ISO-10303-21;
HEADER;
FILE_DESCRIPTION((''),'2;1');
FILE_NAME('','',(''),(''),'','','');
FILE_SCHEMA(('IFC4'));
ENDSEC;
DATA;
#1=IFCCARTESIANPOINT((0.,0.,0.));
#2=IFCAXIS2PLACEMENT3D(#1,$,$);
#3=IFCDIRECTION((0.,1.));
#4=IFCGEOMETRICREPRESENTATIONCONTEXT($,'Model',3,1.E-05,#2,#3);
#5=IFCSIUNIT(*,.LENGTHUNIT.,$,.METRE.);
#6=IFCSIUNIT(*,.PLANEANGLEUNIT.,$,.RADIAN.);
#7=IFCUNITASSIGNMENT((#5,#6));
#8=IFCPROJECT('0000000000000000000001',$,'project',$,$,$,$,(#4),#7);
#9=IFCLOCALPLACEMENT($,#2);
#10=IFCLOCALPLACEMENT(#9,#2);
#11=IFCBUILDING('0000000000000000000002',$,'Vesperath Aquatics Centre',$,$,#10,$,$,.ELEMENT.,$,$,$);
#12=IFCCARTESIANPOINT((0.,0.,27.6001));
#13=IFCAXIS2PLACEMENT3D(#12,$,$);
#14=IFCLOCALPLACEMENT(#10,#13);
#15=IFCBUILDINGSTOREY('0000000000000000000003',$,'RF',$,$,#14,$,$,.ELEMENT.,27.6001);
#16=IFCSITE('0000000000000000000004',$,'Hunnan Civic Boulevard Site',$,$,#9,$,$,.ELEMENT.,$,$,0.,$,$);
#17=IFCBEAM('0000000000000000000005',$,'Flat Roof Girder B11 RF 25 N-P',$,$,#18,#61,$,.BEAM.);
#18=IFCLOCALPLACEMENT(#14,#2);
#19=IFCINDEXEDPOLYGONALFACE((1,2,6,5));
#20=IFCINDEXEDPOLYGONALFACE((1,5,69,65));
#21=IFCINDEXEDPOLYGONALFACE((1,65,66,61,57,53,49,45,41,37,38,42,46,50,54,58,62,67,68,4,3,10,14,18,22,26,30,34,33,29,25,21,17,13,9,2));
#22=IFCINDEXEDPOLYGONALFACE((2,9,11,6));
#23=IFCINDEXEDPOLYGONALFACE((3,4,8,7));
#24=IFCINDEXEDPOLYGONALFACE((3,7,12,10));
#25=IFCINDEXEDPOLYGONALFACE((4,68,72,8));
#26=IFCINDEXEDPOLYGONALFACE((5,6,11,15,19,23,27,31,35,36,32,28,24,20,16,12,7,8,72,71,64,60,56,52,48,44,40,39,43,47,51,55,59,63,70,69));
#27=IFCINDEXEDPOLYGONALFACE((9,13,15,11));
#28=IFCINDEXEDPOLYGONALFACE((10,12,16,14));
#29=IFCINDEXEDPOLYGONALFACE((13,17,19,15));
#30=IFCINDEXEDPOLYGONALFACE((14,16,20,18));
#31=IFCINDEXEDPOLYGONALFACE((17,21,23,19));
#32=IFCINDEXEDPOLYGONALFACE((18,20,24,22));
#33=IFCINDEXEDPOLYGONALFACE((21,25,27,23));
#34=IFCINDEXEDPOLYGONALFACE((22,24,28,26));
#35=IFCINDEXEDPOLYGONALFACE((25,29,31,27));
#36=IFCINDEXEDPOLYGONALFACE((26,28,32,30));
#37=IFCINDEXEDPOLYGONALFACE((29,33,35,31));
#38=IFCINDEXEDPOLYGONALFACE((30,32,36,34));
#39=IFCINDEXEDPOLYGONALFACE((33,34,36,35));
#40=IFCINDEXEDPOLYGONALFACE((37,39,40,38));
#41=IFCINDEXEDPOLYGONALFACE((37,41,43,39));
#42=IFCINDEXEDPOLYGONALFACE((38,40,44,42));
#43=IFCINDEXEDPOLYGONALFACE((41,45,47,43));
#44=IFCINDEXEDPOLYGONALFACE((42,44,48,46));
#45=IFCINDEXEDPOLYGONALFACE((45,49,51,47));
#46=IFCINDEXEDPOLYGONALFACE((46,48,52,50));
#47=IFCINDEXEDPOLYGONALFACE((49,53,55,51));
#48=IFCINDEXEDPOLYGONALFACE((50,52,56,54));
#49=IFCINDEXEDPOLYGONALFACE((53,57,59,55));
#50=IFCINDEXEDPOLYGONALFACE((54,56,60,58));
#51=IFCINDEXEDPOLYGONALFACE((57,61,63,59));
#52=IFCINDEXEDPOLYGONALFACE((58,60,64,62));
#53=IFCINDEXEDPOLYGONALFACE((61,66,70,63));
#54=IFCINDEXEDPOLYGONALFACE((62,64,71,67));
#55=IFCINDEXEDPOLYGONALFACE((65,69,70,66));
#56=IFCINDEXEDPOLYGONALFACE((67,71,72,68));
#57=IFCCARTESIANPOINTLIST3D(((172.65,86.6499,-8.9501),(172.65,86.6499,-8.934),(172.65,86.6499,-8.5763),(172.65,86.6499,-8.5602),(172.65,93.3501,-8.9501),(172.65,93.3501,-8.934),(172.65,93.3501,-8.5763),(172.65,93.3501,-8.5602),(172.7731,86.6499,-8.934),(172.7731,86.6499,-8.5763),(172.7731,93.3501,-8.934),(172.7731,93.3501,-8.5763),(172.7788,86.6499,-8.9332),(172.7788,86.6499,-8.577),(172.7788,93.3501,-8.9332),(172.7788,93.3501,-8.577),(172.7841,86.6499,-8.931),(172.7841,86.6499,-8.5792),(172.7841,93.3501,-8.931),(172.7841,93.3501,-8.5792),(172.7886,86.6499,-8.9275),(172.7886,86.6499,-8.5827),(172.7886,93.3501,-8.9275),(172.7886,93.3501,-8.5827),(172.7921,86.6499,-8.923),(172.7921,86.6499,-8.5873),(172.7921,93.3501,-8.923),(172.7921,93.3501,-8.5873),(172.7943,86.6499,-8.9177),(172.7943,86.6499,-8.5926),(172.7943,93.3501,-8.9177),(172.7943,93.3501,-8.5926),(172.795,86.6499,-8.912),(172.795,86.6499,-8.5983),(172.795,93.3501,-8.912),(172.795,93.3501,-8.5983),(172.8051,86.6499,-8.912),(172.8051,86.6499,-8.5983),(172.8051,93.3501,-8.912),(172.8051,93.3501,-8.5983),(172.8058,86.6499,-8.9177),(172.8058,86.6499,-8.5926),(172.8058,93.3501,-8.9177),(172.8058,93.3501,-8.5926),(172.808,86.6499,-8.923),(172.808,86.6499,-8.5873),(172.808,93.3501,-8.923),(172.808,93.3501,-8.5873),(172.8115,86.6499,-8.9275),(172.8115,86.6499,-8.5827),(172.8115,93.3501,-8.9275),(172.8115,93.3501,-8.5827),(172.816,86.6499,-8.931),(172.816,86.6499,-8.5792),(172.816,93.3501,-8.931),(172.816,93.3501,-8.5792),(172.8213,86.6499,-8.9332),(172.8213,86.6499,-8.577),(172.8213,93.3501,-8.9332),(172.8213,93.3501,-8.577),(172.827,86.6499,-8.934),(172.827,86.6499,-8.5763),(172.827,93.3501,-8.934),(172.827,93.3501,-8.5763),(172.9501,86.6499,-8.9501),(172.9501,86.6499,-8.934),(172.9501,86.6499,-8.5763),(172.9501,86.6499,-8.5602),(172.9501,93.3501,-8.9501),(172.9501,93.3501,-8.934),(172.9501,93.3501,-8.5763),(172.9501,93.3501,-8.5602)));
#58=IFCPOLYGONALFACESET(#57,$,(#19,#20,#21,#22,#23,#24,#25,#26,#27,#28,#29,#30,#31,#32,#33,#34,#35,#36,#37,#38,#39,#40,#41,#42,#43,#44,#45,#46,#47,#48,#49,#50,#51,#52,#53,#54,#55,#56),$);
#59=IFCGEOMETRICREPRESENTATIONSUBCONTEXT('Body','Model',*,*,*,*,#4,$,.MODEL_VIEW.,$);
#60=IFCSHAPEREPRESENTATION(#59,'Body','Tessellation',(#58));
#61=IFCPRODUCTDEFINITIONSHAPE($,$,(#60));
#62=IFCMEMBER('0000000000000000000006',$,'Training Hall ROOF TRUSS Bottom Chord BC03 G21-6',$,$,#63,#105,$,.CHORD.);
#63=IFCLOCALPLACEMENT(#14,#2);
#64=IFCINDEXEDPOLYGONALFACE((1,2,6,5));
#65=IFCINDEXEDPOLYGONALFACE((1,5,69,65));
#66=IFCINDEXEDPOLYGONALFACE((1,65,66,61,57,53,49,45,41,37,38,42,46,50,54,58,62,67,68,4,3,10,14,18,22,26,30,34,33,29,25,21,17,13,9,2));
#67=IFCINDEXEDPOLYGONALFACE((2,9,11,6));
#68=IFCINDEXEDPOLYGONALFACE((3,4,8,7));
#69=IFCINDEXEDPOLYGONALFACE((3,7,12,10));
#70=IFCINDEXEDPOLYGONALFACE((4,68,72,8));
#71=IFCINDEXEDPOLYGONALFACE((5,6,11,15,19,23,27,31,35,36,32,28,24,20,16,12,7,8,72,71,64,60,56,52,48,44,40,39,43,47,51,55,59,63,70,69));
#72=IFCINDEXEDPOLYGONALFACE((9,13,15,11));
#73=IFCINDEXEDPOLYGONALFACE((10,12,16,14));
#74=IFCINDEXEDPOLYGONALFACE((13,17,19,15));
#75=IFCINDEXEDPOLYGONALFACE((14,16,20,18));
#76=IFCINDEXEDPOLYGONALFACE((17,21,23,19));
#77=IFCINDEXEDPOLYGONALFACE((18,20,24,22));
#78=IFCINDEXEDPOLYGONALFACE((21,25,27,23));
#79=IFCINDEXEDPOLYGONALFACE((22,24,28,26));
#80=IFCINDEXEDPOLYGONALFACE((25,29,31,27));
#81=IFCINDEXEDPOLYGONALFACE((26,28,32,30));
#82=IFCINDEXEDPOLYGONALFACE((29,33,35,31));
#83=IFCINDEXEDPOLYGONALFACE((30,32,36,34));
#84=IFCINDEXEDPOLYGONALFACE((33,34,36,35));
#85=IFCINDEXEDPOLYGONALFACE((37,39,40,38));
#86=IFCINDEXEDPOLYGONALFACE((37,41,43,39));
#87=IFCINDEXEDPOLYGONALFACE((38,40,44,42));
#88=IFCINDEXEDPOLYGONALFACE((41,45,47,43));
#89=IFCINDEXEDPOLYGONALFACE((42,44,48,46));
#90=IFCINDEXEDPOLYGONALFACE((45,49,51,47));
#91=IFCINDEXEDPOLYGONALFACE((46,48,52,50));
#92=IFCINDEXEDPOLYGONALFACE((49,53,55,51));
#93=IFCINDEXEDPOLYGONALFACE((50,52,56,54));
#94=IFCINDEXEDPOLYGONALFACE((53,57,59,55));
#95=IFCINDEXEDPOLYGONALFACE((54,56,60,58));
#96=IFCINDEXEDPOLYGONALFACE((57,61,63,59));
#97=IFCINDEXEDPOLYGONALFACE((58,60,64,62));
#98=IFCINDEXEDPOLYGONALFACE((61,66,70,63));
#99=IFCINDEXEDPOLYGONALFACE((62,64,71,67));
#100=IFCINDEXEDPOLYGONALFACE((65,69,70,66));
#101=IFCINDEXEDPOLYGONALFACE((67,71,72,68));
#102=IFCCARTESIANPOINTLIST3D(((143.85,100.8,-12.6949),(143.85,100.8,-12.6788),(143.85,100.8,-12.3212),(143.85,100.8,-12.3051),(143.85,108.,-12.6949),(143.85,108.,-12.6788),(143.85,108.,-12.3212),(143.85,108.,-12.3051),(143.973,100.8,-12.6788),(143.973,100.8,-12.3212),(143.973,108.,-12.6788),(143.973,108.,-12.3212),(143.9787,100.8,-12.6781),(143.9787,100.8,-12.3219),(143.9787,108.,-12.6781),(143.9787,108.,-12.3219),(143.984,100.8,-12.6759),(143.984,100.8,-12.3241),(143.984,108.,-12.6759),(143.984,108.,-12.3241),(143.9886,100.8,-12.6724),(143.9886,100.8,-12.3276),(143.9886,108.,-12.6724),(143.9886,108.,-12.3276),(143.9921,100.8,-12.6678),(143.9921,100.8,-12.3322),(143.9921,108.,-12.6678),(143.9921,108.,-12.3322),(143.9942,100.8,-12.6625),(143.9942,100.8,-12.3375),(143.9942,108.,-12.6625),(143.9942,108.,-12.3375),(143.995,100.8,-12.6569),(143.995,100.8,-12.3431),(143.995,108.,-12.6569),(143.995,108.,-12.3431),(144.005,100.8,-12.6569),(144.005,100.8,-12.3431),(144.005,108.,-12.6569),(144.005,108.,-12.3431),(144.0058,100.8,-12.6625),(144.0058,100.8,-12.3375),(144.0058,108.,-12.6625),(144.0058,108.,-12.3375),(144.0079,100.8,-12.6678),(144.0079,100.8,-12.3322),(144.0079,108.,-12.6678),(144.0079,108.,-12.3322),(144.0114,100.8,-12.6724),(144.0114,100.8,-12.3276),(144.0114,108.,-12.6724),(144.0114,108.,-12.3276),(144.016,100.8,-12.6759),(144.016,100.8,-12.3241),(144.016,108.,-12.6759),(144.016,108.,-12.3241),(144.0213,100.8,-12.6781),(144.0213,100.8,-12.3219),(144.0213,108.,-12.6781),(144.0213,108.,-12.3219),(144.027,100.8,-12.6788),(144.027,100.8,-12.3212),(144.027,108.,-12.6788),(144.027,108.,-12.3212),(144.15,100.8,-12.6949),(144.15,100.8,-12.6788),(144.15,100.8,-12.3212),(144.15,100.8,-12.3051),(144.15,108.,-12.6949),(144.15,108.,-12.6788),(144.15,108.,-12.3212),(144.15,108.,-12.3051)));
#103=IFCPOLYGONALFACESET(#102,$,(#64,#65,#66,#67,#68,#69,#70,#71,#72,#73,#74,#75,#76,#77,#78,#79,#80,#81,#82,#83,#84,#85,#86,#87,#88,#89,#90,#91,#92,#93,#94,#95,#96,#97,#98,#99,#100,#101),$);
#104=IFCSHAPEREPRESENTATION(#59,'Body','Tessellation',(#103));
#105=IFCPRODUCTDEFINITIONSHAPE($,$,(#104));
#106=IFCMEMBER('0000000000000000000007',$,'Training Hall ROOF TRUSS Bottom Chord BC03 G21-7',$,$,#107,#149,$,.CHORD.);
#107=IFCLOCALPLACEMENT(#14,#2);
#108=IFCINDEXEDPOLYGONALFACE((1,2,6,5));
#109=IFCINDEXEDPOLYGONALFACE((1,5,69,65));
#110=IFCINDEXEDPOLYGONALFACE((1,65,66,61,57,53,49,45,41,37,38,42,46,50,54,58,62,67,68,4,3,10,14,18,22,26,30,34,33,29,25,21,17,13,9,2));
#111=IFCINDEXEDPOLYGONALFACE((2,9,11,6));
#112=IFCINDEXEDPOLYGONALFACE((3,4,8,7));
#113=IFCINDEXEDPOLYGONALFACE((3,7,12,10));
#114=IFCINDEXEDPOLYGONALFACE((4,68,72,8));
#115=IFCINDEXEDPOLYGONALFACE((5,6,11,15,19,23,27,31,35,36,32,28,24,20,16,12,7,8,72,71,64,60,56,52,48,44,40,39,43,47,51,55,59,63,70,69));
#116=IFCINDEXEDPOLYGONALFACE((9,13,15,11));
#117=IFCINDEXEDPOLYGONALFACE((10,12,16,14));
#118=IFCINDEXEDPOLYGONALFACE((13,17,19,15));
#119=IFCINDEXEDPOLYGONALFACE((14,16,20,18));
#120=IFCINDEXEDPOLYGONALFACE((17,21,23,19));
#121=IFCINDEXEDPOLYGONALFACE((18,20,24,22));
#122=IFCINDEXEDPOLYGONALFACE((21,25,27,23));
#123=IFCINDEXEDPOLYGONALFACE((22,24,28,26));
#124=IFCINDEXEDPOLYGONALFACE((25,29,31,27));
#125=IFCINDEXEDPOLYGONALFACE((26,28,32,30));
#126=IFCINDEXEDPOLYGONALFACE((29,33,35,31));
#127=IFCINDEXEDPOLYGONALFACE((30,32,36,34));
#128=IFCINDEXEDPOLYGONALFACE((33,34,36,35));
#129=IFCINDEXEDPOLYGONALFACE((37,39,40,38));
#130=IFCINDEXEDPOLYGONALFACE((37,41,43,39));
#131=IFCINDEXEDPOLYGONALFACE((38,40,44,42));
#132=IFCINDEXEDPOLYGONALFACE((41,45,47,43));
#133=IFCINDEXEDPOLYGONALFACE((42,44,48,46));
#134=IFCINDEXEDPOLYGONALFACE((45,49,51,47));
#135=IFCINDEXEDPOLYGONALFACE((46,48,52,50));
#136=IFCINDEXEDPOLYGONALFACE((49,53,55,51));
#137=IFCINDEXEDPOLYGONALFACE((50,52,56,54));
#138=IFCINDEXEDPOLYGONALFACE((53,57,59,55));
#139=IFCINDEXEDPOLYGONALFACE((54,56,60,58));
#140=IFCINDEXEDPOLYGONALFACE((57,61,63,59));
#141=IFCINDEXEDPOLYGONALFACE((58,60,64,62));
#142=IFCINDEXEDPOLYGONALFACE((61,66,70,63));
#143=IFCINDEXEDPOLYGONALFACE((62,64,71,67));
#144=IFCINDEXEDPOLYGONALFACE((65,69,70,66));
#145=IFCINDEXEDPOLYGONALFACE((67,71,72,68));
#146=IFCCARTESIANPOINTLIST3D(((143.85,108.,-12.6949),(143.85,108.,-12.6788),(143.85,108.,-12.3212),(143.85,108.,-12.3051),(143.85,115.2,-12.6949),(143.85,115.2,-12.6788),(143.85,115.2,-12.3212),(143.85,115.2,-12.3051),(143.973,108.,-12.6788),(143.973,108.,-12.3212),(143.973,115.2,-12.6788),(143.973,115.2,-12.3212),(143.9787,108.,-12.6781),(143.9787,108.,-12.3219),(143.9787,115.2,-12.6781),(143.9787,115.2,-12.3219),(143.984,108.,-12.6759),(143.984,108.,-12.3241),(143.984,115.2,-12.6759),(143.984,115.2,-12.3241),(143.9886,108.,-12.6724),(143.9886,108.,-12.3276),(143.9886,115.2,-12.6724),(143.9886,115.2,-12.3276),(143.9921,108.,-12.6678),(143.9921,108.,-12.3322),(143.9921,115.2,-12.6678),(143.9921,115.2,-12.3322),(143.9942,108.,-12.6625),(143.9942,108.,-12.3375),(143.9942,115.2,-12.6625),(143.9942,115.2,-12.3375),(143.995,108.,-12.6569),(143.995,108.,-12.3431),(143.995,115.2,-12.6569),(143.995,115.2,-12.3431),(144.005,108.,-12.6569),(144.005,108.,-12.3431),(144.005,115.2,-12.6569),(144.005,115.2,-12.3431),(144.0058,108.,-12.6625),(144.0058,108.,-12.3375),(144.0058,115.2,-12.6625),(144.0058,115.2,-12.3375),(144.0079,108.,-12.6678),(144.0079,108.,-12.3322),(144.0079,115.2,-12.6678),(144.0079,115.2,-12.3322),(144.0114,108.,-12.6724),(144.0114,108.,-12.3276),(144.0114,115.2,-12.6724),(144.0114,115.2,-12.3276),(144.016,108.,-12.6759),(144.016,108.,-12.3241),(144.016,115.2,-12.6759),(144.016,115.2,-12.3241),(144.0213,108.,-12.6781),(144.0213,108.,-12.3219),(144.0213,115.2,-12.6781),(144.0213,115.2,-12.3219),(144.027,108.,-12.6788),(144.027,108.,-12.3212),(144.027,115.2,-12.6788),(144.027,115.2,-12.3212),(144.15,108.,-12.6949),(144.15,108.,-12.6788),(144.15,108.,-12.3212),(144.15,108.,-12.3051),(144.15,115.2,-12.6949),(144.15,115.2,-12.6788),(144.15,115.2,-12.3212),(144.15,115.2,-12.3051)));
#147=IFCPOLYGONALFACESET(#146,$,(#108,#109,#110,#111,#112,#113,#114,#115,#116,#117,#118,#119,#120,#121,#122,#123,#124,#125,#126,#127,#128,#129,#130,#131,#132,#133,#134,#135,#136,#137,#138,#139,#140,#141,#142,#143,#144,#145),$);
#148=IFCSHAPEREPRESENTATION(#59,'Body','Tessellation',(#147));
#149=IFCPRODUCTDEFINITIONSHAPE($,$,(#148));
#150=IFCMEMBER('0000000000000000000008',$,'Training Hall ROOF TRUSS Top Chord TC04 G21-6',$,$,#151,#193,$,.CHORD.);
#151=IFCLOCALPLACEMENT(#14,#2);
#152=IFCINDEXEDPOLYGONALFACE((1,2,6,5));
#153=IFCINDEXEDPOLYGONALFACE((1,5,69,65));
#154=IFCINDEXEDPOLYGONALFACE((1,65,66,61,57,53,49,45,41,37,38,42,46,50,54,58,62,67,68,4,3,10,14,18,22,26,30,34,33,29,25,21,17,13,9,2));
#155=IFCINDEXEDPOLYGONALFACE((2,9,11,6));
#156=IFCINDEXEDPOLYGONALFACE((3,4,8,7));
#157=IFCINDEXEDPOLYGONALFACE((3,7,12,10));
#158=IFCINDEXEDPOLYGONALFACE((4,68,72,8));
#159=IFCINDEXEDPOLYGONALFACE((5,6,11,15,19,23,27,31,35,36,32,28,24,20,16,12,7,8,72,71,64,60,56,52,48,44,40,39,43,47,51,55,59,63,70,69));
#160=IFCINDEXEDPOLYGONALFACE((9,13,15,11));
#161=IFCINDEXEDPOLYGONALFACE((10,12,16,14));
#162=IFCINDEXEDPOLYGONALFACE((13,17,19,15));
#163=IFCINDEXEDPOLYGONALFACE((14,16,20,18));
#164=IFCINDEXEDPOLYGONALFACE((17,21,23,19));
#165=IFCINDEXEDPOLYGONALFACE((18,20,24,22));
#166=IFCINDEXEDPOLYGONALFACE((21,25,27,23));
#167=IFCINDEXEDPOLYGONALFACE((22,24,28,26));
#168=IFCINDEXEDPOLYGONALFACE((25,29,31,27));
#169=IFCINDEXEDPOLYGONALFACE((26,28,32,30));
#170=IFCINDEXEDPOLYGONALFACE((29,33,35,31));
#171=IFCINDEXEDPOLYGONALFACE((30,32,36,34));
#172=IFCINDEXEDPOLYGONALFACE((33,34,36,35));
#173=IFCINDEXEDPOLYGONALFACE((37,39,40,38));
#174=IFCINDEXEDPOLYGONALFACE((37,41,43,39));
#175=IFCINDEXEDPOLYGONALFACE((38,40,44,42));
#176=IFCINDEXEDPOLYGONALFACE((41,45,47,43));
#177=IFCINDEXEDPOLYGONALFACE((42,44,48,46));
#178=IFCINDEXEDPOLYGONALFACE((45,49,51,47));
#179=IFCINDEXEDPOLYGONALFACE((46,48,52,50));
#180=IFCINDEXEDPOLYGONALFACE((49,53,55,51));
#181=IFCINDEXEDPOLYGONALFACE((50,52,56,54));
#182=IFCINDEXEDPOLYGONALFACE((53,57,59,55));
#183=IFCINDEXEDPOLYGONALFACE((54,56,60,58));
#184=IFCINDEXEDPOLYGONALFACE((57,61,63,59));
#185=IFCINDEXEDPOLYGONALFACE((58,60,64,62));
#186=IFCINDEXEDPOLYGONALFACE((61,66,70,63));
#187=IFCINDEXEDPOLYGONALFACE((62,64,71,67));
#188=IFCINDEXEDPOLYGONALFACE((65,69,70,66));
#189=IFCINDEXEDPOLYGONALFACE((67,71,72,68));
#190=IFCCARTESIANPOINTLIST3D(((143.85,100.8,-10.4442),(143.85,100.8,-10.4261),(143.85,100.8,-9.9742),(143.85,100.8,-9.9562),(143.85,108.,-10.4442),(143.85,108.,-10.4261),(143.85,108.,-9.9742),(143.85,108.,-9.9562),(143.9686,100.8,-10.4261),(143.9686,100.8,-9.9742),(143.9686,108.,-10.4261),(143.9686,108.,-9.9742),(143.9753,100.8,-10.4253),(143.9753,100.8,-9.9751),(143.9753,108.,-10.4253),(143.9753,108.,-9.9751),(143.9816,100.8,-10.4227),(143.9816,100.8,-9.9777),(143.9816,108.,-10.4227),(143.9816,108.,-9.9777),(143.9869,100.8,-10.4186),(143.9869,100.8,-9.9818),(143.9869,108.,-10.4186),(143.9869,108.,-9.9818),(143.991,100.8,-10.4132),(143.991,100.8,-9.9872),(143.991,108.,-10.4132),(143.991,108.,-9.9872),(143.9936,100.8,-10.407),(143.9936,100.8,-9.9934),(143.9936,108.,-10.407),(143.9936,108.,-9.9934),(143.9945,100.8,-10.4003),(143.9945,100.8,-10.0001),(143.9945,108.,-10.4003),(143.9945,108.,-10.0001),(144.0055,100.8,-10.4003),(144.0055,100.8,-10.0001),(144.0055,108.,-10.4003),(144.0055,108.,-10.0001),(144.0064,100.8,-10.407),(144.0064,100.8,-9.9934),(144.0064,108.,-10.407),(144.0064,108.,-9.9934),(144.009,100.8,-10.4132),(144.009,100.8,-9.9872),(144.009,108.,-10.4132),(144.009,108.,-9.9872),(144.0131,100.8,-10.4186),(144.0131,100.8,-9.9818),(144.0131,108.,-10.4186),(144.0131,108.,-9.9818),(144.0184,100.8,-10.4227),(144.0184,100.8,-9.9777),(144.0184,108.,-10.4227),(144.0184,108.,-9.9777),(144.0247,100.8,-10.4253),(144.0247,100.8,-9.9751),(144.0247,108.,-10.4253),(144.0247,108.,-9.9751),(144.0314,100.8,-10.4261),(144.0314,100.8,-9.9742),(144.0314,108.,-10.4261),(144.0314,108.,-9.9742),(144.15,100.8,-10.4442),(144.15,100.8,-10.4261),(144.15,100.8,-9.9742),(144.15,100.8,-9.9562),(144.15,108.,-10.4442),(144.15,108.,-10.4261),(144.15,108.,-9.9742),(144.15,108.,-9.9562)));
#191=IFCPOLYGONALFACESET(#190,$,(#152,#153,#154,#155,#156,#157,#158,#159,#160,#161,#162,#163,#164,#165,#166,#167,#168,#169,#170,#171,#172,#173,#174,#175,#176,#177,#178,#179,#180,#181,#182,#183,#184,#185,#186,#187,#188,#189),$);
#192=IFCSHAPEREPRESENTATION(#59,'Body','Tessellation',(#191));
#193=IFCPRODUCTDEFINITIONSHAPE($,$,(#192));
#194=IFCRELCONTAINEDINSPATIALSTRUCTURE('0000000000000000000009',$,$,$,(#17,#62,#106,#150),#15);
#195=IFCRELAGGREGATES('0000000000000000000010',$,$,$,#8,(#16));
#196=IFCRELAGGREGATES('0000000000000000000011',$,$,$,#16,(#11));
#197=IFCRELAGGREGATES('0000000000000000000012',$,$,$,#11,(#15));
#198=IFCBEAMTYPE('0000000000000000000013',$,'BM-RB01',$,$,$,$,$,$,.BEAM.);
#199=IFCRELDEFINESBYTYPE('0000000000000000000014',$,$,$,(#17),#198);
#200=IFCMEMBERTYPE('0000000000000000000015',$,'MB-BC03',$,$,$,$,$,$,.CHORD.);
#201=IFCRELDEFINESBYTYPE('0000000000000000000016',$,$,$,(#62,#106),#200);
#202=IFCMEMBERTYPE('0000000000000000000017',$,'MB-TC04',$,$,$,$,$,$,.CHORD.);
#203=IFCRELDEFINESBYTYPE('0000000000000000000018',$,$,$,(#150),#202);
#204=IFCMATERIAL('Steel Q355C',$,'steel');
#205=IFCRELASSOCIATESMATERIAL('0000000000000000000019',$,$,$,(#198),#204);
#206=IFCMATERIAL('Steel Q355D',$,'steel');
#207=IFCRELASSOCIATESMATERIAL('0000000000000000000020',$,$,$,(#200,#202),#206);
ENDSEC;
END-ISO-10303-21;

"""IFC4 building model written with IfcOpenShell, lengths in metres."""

from ifc_helpers import new_model, si_unit, direction, frame, origin, origin_2d, place, context, subcontext, project, spatial, i_section, extrude, material, material_profile, profile_set, type_object, element, save


model = new_model("IFC4")

# Units and contexts
model_context = context("Model", 3, precision=1e-05, world=origin(), true_north=direction((0.0, 1.0)))
body_context = subcontext(model_context, "Body", "Model", "MODEL_VIEW")
ifc_project = project(units=[si_unit("LENGTHUNIT", "METRE"), si_unit("PLANEANGLEUNIT", "RADIAN")], contexts=[model_context])

# Site, building, storey
site_placement = place(None, origin())
site = spatial("IfcSite", under=ifc_project, at=site_placement, Name="Hunnan Civic Boulevard Site", CompositionType="ELEMENT", RefElevation=0.0)
building_placement = place(site_placement, origin())
building = spatial("IfcBuilding", under=site, at=building_placement, Name="Vesperath Aquatics Centre", CompositionType="ELEMENT")
storey_placement = place(building_placement, frame((0.0, 0.0, 27.6001)))
storey = spatial("IfcBuildingStorey", under=building, at=storey_placement, Name="RF", CompositionType="ELEMENT", Elevation=27.6001)

# Beam
ifc_material_1 = material(Name="Steel Q355C", Category="steel")
ifc_material_profile_1 = material_profile(ifc_material_1, i_section(OverallWidth=0.3, OverallDepth=0.3899, WebThickness=0.01, FlangeThickness=0.0161, FilletRadius=0.022, at=origin_2d()), Name="HM 390x300x10x16")
ifc_profile_set_1 = profile_set([ifc_material_profile_1], Name="Steel Q355C")
beam_type = type_object("IfcBeamType", Name="BM-RB01", PredefinedType="BEAM", material=ifc_profile_set_1)
for number, where, z_axis, x_axis, name in (
    (1, (172.8, 86.6499, -8.7551), (0.0, 1.0, 0.0), (-1.0, 0.0, 0.0), "Flat Roof Girder B11 RF 25 N-P"),
):
    element("IfcBeam", number, at=place(storey_placement, frame(where, z_axis=z_axis, x_axis=x_axis)), inside=storey, type_object=beam_type, Name=name, PredefinedType="BEAM", context=body_context, shape_type="SweptSolid", body=[
        extrude(i_section(OverallWidth=0.3, OverallDepth=0.3899, WebThickness=0.01, FlangeThickness=0.0161, FilletRadius=0.022, at=origin_2d()), origin(), (0.0, 0.0, 1.0), 6.7002),
    ])

# Members
ifc_material_2 = material(Name="Steel Q355D", Category="steel")
ifc_material_profile_2 = material_profile(ifc_material_2, i_section(OverallWidth=0.3, OverallDepth=0.3899, WebThickness=0.01, FlangeThickness=0.0161, FilletRadius=0.022, at=origin_2d()), Name="HM 390x300x10x16")
ifc_profile_set_2 = profile_set([ifc_material_profile_2], Name="Steel Q355D")
member_type_1 = type_object("IfcMemberType", Name="MB-BC03", PredefinedType="CHORD", material=ifc_profile_set_2)
for number, where, z_axis, x_axis, name in (
    (2, (144.0, 100.8, -12.5), (0.0, 1.0, 0.0), (-1.0, 0.0, 0.0), "Training Hall ROOF TRUSS Bottom Chord BC03 G21-6"),
    (3, (144.0, 108.0, -12.5), (0.0, 1.0, 0.0), (-1.0, 0.0, 0.0), "Training Hall ROOF TRUSS Bottom Chord BC03 G21-7"),
):
    element("IfcMember", number, at=place(storey_placement, frame(where, z_axis=z_axis, x_axis=x_axis)), inside=storey, type_object=member_type_1, Name=name, PredefinedType="CHORD", context=body_context, shape_type="SweptSolid", body=[
        extrude(i_section(OverallWidth=0.3, OverallDepth=0.3899, WebThickness=0.01, FlangeThickness=0.0161, FilletRadius=0.022, at=origin_2d()), origin(), (0.0, 0.0, 1.0), 7.2),
    ])
ifc_material_profile_3 = material_profile(ifc_material_2, i_section(OverallWidth=0.3, OverallDepth=0.488, WebThickness=0.011, FlangeThickness=0.0181, FilletRadius=0.0259, at=origin_2d()), Name="HM 488x300x11x18")
ifc_profile_set_3 = profile_set([ifc_material_profile_3], Name="Steel Q355D")
member_type_2 = type_object("IfcMemberType", Name="MB-TC04", PredefinedType="CHORD", material=ifc_profile_set_3)
for number, where, z_axis, x_axis, name in (
    (4, (144.0, 100.8, -10.2002), (0.0, 1.0, 0.0), (-1.0, 0.0, 0.0), "Training Hall ROOF TRUSS Top Chord TC04 G21-6"),
):
    element("IfcMember", number, at=place(storey_placement, frame(where, z_axis=z_axis, x_axis=x_axis)), inside=storey, type_object=member_type_2, Name=name, PredefinedType="CHORD", context=body_context, shape_type="SweptSolid", body=[
        extrude(i_section(OverallWidth=0.3, OverallDepth=0.488, WebThickness=0.011, FlangeThickness=0.0181, FilletRadius=0.0259, at=origin_2d()), origin(), (0.0, 0.0, 1.0), 7.2),
    ])

save(model, "model.ifc")
